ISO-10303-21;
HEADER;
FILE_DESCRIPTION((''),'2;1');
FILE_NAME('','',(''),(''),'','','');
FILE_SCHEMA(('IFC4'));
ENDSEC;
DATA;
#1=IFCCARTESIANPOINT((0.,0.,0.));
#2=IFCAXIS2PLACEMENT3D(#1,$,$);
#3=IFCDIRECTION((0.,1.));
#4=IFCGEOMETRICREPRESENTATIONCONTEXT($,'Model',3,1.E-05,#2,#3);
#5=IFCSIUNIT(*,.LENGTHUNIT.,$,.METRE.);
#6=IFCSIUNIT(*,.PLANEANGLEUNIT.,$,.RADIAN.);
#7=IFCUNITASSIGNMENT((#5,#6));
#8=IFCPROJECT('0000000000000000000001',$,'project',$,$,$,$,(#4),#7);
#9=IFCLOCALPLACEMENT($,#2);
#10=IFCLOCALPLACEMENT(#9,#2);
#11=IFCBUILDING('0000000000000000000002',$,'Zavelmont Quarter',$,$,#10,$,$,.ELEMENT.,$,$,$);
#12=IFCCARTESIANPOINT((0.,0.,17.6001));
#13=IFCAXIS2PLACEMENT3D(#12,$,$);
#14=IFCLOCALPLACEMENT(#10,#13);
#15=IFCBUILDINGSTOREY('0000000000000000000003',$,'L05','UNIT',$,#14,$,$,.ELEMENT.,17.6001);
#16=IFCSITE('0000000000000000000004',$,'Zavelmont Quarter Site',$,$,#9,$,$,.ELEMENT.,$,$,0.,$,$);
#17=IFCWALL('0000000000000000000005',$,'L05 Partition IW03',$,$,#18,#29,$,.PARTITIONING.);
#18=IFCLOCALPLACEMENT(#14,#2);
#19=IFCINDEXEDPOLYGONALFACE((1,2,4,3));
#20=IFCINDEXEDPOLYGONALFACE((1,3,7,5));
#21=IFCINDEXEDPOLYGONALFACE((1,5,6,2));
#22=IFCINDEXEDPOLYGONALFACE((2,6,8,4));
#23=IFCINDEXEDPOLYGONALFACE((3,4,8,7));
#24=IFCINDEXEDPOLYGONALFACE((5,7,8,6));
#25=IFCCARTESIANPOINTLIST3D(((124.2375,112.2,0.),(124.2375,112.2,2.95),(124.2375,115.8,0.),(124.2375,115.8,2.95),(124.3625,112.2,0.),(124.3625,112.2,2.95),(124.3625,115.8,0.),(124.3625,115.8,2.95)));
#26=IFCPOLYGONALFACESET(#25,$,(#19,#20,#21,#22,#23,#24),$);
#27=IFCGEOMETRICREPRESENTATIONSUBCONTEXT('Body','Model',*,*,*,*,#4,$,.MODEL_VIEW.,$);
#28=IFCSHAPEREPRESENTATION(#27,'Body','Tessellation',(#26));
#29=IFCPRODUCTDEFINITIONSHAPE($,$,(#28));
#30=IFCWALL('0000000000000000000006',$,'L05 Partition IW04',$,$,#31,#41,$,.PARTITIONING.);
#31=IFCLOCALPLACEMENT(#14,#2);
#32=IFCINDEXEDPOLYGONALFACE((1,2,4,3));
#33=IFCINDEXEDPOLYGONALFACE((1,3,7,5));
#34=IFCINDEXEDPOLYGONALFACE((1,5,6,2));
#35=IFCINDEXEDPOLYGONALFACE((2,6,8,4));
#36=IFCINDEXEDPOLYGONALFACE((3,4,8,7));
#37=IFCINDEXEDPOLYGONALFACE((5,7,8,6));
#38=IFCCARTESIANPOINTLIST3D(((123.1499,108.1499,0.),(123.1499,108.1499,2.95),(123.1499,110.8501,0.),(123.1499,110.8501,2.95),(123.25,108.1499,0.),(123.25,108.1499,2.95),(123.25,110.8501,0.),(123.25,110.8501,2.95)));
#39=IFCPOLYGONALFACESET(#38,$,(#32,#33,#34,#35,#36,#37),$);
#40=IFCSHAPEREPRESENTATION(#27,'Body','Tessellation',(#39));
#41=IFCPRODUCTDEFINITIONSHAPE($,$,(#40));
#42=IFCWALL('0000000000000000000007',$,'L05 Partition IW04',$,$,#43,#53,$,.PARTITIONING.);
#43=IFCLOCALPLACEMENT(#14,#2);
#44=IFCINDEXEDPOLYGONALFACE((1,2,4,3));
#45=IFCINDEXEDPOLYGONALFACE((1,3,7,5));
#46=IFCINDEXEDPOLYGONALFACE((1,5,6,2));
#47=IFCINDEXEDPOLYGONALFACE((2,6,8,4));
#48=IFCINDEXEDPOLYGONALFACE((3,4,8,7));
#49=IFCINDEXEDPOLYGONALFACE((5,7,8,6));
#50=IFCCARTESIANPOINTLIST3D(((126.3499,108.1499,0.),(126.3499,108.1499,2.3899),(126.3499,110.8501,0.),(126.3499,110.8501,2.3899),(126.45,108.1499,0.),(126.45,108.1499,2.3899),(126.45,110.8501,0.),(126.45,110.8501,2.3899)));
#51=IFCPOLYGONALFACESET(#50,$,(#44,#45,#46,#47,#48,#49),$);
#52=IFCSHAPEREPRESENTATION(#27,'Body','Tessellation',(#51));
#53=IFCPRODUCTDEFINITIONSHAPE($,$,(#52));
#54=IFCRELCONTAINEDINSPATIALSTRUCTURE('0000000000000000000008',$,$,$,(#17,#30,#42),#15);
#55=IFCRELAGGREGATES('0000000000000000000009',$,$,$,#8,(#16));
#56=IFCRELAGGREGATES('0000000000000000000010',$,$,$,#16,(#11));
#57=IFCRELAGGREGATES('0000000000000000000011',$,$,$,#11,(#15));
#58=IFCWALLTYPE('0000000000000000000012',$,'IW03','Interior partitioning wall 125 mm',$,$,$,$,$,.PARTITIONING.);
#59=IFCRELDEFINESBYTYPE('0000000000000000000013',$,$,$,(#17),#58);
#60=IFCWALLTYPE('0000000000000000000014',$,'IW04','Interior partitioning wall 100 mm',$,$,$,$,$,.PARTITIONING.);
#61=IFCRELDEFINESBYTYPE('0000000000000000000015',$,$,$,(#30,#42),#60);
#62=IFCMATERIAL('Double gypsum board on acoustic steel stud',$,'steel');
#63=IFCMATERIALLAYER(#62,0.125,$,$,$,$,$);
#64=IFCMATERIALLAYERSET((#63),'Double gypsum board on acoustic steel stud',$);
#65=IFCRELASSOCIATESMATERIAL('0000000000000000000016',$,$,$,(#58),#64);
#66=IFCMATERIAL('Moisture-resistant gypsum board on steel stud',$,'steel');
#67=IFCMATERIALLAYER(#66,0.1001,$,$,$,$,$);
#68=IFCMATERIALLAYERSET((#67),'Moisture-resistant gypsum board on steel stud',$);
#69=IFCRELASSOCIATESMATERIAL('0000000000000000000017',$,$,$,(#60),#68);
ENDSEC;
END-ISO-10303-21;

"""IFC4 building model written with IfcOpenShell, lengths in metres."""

from ifc_helpers import new_model, si_unit, direction, frame, frame_2d, origin, place, context, subcontext, project, spatial, rectangle, extrude, material, layer, layer_set, type_object, element, save


model = new_model("IFC4")

# Units and contexts
model_context = context("Model", 3, precision=1e-05, world=origin(), true_north=direction((0.0, 1.0)))
body_context = subcontext(model_context, "Body", "Model", "MODEL_VIEW")
ifc_project = project(units=[si_unit("LENGTHUNIT", "METRE"), si_unit("PLANEANGLEUNIT", "RADIAN")], contexts=[model_context])

# Site, building, storey
site_placement = place(None, origin())
site = spatial("IfcSite", under=ifc_project, at=site_placement, Name="Zavelmont Quarter Site", CompositionType="ELEMENT", RefElevation=0.0)
building_placement = place(site_placement, origin())
building = spatial("IfcBuilding", under=site, at=building_placement, Name="Zavelmont Quarter", CompositionType="ELEMENT")
storey_placement = place(building_placement, frame((0.0, 0.0, 17.6001)))
storey = spatial("IfcBuildingStorey", under=building, at=storey_placement, Name="L05", Description="UNIT", CompositionType="ELEMENT", Elevation=17.6001)

# Walls
ifc_material_1 = material(Name="Double gypsum board on acoustic steel stud", Category="steel")
ifc_layer_1 = layer(ifc_material_1, 0.125)
ifc_layer_set_1 = layer_set([ifc_layer_1], Name="Double gypsum board on acoustic steel stud")
wall_type_1 = type_object("IfcWallType", Name="IW03", Description="Interior partitioning wall 125 mm", PredefinedType="PARTITIONING", material=ifc_layer_set_1)
wall_1_placement = place(storey_placement, frame((124.3, 112.2, 0.0), z_axis=(0.0, 0.0, 1.0), x_axis=(0.0, 1.0, 0.0)))
element("IfcWall", 1, at=wall_1_placement, inside=storey, type_object=wall_type_1, Name="L05 Partition IW03", PredefinedType="PARTITIONING", context=body_context, shape_type="SweptSolid", body=[
    extrude(rectangle(XDim=3.6001, YDim=0.125, at=frame_2d((1.8, 0.0))), origin(), (0.0, 0.0, 1.0), 2.95),
])
ifc_material_2 = material(Name="Moisture-resistant gypsum board on steel stud", Category="steel")
ifc_layer_2 = layer(ifc_material_2, 0.1001)
ifc_layer_set_2 = layer_set([ifc_layer_2], Name="Moisture-resistant gypsum board on steel stud")
wall_type_2 = type_object("IfcWallType", Name="IW04", Description="Interior partitioning wall 100 mm", PredefinedType="PARTITIONING", material=ifc_layer_set_2)
wall_2_placement = place(storey_placement, frame((123.2, 108.1499, 0.0), z_axis=(0.0, 0.0, 1.0), x_axis=(0.0, 1.0, 0.0)))
element("IfcWall", 2, at=wall_2_placement, inside=storey, type_object=wall_type_2, Name="L05 Partition IW04", PredefinedType="PARTITIONING", context=body_context, shape_type="SweptSolid", body=[
    extrude(rectangle(XDim=2.7002, YDim=0.1001, at=frame_2d((1.3501, 0.0))), origin(), (0.0, 0.0, 1.0), 2.95),
])
wall_3_placement = place(storey_placement, frame((126.3999, 108.1499, 0.0), z_axis=(0.0, 0.0, 1.0), x_axis=(0.0, 1.0, 0.0)))
element("IfcWall", 3, at=wall_3_placement, inside=storey, type_object=wall_type_2, Name="L05 Partition IW04", PredefinedType="PARTITIONING", context=body_context, shape_type="SweptSolid", body=[
    extrude(rectangle(XDim=2.7002, YDim=0.1001, at=frame_2d((1.3501, 0.0))), origin(), (0.0, 0.0, 1.0), 2.3899),
])

save(model, "model.ifc")
